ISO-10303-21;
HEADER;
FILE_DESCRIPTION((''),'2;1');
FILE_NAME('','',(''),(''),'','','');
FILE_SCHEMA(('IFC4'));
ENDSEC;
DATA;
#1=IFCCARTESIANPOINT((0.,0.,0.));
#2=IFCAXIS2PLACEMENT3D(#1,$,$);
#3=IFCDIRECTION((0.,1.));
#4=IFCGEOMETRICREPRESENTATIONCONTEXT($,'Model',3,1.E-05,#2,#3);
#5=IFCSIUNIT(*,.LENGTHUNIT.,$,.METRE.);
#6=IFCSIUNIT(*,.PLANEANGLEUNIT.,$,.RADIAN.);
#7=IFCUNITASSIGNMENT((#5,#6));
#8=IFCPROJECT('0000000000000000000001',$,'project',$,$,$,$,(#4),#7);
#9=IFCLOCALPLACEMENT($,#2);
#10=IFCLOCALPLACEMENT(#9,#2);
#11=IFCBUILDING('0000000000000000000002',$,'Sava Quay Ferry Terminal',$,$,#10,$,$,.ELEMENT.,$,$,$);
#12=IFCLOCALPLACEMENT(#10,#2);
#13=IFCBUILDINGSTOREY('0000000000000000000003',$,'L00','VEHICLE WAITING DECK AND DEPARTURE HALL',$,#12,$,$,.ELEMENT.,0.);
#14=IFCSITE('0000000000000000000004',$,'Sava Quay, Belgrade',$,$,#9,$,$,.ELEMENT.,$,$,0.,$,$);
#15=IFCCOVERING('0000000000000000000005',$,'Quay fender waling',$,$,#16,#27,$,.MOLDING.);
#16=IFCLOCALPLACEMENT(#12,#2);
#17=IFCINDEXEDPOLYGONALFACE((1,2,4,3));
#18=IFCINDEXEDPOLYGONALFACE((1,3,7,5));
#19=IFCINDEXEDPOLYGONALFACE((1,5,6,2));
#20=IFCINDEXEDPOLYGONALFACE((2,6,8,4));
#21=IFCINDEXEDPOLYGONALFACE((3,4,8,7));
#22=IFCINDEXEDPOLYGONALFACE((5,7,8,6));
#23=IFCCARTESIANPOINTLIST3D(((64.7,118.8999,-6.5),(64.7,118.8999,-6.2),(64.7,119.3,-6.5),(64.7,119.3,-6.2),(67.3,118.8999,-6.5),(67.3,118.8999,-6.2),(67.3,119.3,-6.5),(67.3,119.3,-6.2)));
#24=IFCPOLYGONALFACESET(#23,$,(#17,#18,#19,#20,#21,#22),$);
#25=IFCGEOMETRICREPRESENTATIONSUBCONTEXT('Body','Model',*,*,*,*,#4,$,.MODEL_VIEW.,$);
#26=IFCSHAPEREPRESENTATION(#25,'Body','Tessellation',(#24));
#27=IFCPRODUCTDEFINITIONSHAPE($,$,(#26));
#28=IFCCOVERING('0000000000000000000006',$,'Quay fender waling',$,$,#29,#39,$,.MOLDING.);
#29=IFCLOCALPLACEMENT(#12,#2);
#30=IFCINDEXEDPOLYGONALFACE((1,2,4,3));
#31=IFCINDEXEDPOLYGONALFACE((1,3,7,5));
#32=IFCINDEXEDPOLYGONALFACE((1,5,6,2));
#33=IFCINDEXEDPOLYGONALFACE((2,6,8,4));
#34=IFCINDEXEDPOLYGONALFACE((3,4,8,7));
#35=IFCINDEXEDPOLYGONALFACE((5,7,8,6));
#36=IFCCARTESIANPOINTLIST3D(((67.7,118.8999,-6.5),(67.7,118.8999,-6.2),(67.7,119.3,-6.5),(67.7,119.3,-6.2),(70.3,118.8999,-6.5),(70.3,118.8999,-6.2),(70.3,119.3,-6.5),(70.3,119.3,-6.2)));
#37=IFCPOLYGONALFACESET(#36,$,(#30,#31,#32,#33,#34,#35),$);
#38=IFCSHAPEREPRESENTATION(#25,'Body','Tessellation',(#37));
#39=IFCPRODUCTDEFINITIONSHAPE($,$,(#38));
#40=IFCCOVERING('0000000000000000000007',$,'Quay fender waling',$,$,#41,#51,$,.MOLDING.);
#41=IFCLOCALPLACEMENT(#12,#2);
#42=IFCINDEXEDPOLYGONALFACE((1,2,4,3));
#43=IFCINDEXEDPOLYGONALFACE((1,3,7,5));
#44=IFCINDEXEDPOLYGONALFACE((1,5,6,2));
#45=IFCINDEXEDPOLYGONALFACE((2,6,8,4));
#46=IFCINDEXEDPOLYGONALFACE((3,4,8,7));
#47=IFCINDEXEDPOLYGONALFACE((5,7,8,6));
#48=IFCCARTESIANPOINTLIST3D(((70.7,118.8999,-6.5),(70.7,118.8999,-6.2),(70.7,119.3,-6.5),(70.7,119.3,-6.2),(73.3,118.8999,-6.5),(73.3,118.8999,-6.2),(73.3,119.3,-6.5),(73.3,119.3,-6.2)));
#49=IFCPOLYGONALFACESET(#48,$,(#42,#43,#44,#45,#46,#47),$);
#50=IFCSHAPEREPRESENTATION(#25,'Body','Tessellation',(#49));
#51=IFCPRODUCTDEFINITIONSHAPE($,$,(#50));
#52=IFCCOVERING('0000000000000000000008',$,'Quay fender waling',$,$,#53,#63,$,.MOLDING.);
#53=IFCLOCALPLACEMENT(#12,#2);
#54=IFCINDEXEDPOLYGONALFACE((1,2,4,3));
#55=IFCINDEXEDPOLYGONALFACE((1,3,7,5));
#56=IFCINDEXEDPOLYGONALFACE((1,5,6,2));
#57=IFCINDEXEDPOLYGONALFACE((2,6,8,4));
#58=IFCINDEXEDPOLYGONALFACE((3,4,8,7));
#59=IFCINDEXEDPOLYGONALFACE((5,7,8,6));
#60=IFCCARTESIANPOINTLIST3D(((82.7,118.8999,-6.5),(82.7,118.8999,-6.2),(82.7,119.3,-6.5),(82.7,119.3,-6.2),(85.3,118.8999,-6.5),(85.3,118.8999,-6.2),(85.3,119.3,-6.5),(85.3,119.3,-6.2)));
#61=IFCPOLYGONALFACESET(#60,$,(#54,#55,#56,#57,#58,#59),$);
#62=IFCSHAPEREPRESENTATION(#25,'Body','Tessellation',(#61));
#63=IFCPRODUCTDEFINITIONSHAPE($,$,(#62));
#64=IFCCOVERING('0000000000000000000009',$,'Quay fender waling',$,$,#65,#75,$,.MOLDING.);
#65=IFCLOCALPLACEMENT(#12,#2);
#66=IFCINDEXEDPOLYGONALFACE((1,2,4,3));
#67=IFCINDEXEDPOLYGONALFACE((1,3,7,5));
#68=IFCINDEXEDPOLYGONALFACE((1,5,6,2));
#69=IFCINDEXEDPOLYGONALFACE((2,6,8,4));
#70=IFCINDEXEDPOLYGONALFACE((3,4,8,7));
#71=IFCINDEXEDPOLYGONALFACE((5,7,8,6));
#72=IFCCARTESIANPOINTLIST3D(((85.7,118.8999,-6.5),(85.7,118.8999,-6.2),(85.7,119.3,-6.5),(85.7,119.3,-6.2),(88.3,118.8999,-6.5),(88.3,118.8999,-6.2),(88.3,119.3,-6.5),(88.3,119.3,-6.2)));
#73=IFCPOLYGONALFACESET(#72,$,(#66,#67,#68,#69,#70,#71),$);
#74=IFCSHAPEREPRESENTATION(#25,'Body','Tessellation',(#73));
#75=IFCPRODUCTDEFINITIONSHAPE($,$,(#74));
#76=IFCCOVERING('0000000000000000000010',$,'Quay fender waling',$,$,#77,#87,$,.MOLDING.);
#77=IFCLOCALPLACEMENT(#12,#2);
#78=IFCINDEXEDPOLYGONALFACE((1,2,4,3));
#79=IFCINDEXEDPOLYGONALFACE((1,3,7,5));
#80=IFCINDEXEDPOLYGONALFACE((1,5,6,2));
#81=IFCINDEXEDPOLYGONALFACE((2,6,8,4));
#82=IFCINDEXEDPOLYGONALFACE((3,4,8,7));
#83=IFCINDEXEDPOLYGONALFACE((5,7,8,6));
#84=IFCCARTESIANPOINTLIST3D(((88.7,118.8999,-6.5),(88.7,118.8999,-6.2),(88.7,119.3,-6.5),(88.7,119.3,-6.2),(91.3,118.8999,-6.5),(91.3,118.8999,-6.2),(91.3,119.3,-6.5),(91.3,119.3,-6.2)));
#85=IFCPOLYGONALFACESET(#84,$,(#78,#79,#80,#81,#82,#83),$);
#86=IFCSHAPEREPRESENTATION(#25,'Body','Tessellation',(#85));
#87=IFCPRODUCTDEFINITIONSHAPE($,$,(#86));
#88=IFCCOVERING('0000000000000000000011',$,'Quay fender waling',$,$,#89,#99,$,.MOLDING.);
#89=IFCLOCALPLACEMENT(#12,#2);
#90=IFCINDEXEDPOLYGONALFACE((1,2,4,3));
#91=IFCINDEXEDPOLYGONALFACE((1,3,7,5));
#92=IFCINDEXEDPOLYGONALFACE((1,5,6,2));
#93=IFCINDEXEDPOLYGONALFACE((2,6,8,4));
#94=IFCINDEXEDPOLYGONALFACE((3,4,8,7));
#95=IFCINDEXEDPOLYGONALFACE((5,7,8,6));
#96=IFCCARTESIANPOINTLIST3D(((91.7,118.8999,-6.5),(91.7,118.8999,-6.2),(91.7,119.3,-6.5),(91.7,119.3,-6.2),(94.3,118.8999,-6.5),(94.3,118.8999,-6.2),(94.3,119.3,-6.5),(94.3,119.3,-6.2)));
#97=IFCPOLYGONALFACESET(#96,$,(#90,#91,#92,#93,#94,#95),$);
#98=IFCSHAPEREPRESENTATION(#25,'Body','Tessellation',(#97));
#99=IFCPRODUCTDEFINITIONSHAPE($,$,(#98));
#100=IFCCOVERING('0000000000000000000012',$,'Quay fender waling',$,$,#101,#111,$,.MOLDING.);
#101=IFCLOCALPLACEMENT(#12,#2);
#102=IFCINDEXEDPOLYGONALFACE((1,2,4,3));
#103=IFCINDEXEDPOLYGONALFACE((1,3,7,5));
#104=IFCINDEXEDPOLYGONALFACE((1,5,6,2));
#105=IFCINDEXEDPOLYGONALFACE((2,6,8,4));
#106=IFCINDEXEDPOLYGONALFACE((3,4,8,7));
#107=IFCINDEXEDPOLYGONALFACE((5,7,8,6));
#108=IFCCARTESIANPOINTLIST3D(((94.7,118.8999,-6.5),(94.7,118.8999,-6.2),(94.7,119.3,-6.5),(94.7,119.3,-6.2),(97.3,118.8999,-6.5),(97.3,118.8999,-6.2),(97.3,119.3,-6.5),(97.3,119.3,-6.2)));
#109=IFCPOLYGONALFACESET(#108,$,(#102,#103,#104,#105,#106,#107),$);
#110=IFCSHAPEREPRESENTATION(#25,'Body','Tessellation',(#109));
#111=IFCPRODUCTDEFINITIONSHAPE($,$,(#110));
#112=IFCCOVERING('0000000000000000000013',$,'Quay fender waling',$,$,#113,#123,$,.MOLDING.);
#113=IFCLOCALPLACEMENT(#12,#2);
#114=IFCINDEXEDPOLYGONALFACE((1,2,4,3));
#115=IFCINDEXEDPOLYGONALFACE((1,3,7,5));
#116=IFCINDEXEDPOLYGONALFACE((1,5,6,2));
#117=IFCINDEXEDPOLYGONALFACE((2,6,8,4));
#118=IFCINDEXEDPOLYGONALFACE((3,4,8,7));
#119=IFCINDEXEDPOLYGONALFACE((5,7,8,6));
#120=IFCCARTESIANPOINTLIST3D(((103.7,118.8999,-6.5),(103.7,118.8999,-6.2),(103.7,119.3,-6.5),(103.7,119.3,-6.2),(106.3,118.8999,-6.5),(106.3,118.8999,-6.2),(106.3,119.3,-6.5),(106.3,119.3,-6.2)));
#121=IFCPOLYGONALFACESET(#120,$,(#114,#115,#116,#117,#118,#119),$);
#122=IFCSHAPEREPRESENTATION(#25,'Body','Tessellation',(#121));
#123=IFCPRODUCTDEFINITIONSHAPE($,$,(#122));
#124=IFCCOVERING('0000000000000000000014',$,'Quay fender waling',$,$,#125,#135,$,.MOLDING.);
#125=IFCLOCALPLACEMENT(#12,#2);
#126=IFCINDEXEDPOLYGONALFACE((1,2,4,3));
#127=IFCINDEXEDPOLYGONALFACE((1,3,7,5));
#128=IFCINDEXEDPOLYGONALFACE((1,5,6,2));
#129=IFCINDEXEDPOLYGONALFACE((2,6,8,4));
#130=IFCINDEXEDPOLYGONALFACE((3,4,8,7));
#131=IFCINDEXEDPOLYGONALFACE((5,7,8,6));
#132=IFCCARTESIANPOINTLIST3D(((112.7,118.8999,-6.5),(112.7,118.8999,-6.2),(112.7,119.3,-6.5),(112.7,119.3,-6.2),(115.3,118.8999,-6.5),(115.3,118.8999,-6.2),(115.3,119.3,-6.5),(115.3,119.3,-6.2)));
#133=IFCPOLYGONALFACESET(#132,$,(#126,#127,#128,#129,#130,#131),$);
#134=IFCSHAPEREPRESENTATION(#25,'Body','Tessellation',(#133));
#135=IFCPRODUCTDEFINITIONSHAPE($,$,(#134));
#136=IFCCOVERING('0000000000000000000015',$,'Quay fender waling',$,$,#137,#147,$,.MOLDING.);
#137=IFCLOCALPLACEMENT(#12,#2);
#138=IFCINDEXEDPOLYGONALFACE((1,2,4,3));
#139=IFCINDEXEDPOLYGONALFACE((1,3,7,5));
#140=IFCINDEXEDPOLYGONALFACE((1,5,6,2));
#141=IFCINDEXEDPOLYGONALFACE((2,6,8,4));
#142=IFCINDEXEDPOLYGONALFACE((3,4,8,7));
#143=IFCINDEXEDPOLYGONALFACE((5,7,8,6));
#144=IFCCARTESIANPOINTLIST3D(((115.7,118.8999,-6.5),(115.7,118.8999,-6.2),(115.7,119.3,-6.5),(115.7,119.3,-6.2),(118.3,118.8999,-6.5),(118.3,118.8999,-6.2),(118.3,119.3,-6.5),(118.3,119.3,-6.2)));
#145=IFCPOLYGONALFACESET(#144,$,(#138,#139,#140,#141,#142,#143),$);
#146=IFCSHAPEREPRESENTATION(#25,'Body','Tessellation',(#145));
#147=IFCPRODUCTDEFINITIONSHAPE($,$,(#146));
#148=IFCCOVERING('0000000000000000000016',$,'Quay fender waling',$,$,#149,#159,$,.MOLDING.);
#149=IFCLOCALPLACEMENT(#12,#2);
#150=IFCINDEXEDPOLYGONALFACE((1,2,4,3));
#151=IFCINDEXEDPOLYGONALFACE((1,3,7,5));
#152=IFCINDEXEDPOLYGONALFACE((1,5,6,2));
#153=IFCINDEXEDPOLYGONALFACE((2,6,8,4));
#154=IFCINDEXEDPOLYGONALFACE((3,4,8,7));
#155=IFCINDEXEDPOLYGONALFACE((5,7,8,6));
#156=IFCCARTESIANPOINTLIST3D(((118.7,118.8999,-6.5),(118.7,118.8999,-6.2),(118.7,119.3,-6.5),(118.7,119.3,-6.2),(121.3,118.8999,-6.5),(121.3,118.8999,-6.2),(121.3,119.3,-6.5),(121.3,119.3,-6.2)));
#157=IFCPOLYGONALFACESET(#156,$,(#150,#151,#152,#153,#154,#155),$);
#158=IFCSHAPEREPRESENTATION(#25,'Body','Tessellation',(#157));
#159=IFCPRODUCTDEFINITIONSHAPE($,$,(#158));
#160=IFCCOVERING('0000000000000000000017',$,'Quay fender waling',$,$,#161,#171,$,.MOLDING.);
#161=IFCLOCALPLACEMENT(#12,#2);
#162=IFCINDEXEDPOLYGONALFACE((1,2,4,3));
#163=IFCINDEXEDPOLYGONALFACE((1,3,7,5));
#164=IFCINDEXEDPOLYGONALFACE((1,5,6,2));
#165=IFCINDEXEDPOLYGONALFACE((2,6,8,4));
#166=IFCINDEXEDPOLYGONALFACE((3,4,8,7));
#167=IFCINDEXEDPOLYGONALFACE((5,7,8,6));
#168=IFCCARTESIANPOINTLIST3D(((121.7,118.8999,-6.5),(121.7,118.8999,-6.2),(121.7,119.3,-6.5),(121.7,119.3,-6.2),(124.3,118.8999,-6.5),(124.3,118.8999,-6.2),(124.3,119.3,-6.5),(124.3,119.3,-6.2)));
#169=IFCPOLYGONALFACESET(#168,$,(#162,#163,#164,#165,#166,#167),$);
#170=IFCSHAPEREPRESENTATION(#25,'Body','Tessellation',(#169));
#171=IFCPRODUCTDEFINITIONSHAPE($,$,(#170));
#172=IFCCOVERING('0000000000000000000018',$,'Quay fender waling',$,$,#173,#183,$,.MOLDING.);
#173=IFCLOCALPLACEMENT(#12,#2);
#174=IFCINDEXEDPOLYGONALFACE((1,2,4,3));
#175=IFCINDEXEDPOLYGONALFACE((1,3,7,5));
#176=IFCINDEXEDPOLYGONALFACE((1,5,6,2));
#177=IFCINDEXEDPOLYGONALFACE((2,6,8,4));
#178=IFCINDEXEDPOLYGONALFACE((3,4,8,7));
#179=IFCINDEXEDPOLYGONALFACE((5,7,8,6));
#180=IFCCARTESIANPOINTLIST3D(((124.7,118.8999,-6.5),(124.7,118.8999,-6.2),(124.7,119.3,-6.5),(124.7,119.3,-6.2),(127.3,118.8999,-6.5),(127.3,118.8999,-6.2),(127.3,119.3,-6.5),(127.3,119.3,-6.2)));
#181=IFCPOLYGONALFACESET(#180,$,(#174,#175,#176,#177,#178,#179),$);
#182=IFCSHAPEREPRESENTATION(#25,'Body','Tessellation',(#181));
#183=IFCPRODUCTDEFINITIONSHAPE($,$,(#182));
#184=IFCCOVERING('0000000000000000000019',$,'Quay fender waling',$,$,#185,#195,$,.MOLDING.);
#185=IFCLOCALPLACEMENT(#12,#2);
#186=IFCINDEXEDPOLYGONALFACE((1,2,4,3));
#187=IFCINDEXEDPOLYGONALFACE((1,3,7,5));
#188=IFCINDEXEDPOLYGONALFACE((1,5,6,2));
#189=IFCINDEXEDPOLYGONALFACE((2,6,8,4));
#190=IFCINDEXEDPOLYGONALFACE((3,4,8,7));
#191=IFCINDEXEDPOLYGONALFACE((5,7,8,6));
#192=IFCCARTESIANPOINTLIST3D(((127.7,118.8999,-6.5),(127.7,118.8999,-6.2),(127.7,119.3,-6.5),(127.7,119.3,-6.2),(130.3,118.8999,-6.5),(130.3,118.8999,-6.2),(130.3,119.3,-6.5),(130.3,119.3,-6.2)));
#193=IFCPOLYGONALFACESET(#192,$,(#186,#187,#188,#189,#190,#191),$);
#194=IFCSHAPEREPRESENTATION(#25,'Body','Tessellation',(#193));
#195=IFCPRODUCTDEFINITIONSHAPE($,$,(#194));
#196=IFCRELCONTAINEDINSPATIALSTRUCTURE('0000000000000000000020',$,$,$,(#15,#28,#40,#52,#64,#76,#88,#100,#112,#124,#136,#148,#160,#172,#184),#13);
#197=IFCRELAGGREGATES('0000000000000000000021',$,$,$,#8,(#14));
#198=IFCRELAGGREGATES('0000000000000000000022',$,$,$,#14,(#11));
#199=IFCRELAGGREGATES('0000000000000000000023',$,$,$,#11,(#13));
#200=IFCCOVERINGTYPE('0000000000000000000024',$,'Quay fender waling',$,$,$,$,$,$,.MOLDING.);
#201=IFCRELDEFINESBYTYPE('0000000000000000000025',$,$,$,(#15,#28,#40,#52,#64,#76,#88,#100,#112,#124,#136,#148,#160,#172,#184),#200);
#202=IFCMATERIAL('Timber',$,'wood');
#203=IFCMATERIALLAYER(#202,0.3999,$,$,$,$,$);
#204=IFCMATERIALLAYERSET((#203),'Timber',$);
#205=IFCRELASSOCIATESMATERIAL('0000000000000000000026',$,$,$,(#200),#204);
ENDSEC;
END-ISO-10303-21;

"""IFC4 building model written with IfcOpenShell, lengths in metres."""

from ifc_helpers import new_model, si_unit, direction, frame, origin, place, context, subcontext, project, spatial, polyline, outline, extrude, material, layer, layer_set, type_object, element, save


model = new_model("IFC4")

# Units and contexts
model_context = context("Model", 3, precision=1e-05, world=origin(), true_north=direction((0.0, 1.0)))
body_context = subcontext(model_context, "Body", "Model", "MODEL_VIEW")
ifc_project = project(units=[si_unit("LENGTHUNIT", "METRE"), si_unit("PLANEANGLEUNIT", "RADIAN")], contexts=[model_context])

# Site, building, storey
site_placement = place(None, origin())
site = spatial("IfcSite", under=ifc_project, at=site_placement, Name="Sava Quay, Belgrade", CompositionType="ELEMENT", RefElevation=0.0)
building_placement = place(site_placement, origin())
building = spatial("IfcBuilding", under=site, at=building_placement, Name="Sava Quay Ferry Terminal", CompositionType="ELEMENT")
storey_placement = place(building_placement, origin())
storey = spatial("IfcBuildingStorey", under=building, at=storey_placement, Name="L00", Description="VEHICLE WAITING DECK AND DEPARTURE HALL", CompositionType="ELEMENT", Elevation=0.0)

# Coverings
ifc_material = material(Name="Timber", Category="wood")
ifc_layer = layer(ifc_material, 0.3999)
ifc_layer_set = layer_set([ifc_layer], Name="Timber")
covering_type = type_object("IfcCoveringType", Name="Quay fender waling", PredefinedType="MOLDING", material=ifc_layer_set)
covering_1_placement = place(storey_placement, frame((0.0, 0.0, -6.5)))
element("IfcCovering", 1, at=covering_1_placement, inside=storey, type_object=covering_type, Name="Quay fender waling", PredefinedType="MOLDING", context=body_context, shape_type="SweptSolid", body=[
    extrude(outline(polyline([(67.3, 118.8999), (67.3, 119.3), (64.7, 119.3), (64.7, 118.8999), (67.3, 118.8999)])), origin(), (0.0, 0.0, 1.0), 0.3),
])
covering_2_placement = place(storey_placement, frame((0.0, 0.0, -6.5)))
element("IfcCovering", 2, at=covering_2_placement, inside=storey, type_object=covering_type, Name="Quay fender waling", PredefinedType="MOLDING", context=body_context, shape_type="SweptSolid", body=[
    extrude(outline(polyline([(70.3, 118.8999), (70.3, 119.3), (67.7, 119.3), (67.7, 118.8999), (70.3, 118.8999)])), origin(), (0.0, 0.0, 1.0), 0.3),
])
covering_3_placement = place(storey_placement, frame((0.0, 0.0, -6.5)))
element("IfcCovering", 3, at=covering_3_placement, inside=storey, type_object=covering_type, Name="Quay fender waling", PredefinedType="MOLDING", context=body_context, shape_type="SweptSolid", body=[
    extrude(outline(polyline([(73.3, 118.8999), (73.3, 119.3), (70.7, 119.3), (70.7, 118.8999), (73.3, 118.8999)])), origin(), (0.0, 0.0, 1.0), 0.3),
])
covering_4_placement = place(storey_placement, frame((0.0, 0.0, -6.5)))
element("IfcCovering", 4, at=covering_4_placement, inside=storey, type_object=covering_type, Name="Quay fender waling", PredefinedType="MOLDING", context=body_context, shape_type="SweptSolid", body=[
    extrude(outline(polyline([(85.3, 118.8999), (85.3, 119.3), (82.7, 119.3), (82.7, 118.8999), (85.3, 118.8999)])), origin(), (0.0, 0.0, 1.0), 0.3),
])
covering_5_placement = place(storey_placement, frame((0.0, 0.0, -6.5)))
element("IfcCovering", 5, at=covering_5_placement, inside=storey, type_object=covering_type, Name="Quay fender waling", PredefinedType="MOLDING", context=body_context, shape_type="SweptSolid", body=[
    extrude(outline(polyline([(88.3, 118.8999), (88.3, 119.3), (85.7, 119.3), (85.7, 118.8999), (88.3, 118.8999)])), origin(), (0.0, 0.0, 1.0), 0.3),
])
covering_6_placement = place(storey_placement, frame((0.0, 0.0, -6.5)))
element("IfcCovering", 6, at=covering_6_placement, inside=storey, type_object=covering_type, Name="Quay fender waling", PredefinedType="MOLDING", context=body_context, shape_type="SweptSolid", body=[
    extrude(outline(polyline([(91.3, 118.8999), (91.3, 119.3), (88.7, 119.3), (88.7, 118.8999), (91.3, 118.8999)])), origin(), (0.0, 0.0, 1.0), 0.3),
])
covering_7_placement = place(storey_placement, frame((0.0, 0.0, -6.5)))
element("IfcCovering", 7, at=covering_7_placement, inside=storey, type_object=covering_type, Name="Quay fender waling", PredefinedType="MOLDING", context=body_context, shape_type="SweptSolid", body=[
    extrude(outline(polyline([(94.3, 118.8999), (94.3, 119.3), (91.7, 119.3), (91.7, 118.8999), (94.3, 118.8999)])), origin(), (0.0, 0.0, 1.0), 0.3),
])
covering_8_placement = place(storey_placement, frame((0.0, 0.0, -6.5)))
element("IfcCovering", 8, at=covering_8_placement, inside=storey, type_object=covering_type, Name="Quay fender waling", PredefinedType="MOLDING", context=body_context, shape_type="SweptSolid", body=[
    extrude(outline(polyline([(97.3, 118.8999), (97.3, 119.3), (94.7, 119.3), (94.7, 118.8999), (97.3, 118.8999)])), origin(), (0.0, 0.0, 1.0), 0.3),
])
covering_9_placement = place(storey_placement, frame((0.0, 0.0, -6.5)))
element("IfcCovering", 9, at=covering_9_placement, inside=storey, type_object=covering_type, Name="Quay fender waling", PredefinedType="MOLDING", context=body_context, shape_type="SweptSolid", body=[
    extrude(outline(polyline([(106.3, 118.8999), (106.3, 119.3), (103.7, 119.3), (103.7, 118.8999), (106.3, 118.8999)])), origin(), (0.0, 0.0, 1.0), 0.3),
])
covering_10_placement = place(storey_placement, frame((0.0, 0.0, -6.5)))
element("IfcCovering", 10, at=covering_10_placement, inside=storey, type_object=covering_type, Name="Quay fender waling", PredefinedType="MOLDING", context=body_context, shape_type="SweptSolid", body=[
    extrude(outline(polyline([(115.3, 118.8999), (115.3, 119.3), (112.7, 119.3), (112.7, 118.8999), (115.3, 118.8999)])), origin(), (0.0, 0.0, 1.0), 0.3),
])
covering_11_placement = place(storey_placement, frame((0.0, 0.0, -6.5)))
element("IfcCovering", 11, at=covering_11_placement, inside=storey, type_object=covering_type, Name="Quay fender waling", PredefinedType="MOLDING", context=body_context, shape_type="SweptSolid", body=[
    extrude(outline(polyline([(118.3, 118.8999), (118.3, 119.3), (115.7, 119.3), (115.7, 118.8999), (118.3, 118.8999)])), origin(), (0.0, 0.0, 1.0), 0.3),
])
covering_12_placement = place(storey_placement, frame((0.0, 0.0, -6.5)))
element("IfcCovering", 12, at=covering_12_placement, inside=storey, type_object=covering_type, Name="Quay fender waling", PredefinedType="MOLDING", context=body_context, shape_type="SweptSolid", body=[
    extrude(outline(polyline([(121.3, 118.8999), (121.3, 119.3), (118.7, 119.3), (118.7, 118.8999), (121.3, 118.8999)])), origin(), (0.0, 0.0, 1.0), 0.3),
])
covering_13_placement = place(storey_placement, frame((0.0, 0.0, -6.5)))
element("IfcCovering", 13, at=covering_13_placement, inside=storey, type_object=covering_type, Name="Quay fender waling", PredefinedType="MOLDING", context=body_context, shape_type="SweptSolid", body=[
    extrude(outline(polyline([(124.3, 118.8999), (124.3, 119.3), (121.7, 119.3), (121.7, 118.8999), (124.3, 118.8999)])), origin(), (0.0, 0.0, 1.0), 0.3),
])
covering_14_placement = place(storey_placement, frame((0.0, 0.0, -6.5)))
element("IfcCovering", 14, at=covering_14_placement, inside=storey, type_object=covering_type, Name="Quay fender waling", PredefinedType="MOLDING", context=body_context, shape_type="SweptSolid", body=[
    extrude(outline(polyline([(127.3, 118.8999), (127.3, 119.3), (124.7, 119.3), (124.7, 118.8999), (127.3, 118.8999)])), origin(), (0.0, 0.0, 1.0), 0.3),
])
covering_15_placement = place(storey_placement, frame((0.0, 0.0, -6.5)))
element("IfcCovering", 15, at=covering_15_placement, inside=storey, type_object=covering_type, Name="Quay fender waling", PredefinedType="MOLDING", context=body_context, shape_type="SweptSolid", body=[
    extrude(outline(polyline([(130.3, 118.8999), (130.3, 119.3), (127.7, 119.3), (127.7, 118.8999), (130.3, 118.8999)])), origin(), (0.0, 0.0, 1.0), 0.3),
])

save(model, "model.ifc")
